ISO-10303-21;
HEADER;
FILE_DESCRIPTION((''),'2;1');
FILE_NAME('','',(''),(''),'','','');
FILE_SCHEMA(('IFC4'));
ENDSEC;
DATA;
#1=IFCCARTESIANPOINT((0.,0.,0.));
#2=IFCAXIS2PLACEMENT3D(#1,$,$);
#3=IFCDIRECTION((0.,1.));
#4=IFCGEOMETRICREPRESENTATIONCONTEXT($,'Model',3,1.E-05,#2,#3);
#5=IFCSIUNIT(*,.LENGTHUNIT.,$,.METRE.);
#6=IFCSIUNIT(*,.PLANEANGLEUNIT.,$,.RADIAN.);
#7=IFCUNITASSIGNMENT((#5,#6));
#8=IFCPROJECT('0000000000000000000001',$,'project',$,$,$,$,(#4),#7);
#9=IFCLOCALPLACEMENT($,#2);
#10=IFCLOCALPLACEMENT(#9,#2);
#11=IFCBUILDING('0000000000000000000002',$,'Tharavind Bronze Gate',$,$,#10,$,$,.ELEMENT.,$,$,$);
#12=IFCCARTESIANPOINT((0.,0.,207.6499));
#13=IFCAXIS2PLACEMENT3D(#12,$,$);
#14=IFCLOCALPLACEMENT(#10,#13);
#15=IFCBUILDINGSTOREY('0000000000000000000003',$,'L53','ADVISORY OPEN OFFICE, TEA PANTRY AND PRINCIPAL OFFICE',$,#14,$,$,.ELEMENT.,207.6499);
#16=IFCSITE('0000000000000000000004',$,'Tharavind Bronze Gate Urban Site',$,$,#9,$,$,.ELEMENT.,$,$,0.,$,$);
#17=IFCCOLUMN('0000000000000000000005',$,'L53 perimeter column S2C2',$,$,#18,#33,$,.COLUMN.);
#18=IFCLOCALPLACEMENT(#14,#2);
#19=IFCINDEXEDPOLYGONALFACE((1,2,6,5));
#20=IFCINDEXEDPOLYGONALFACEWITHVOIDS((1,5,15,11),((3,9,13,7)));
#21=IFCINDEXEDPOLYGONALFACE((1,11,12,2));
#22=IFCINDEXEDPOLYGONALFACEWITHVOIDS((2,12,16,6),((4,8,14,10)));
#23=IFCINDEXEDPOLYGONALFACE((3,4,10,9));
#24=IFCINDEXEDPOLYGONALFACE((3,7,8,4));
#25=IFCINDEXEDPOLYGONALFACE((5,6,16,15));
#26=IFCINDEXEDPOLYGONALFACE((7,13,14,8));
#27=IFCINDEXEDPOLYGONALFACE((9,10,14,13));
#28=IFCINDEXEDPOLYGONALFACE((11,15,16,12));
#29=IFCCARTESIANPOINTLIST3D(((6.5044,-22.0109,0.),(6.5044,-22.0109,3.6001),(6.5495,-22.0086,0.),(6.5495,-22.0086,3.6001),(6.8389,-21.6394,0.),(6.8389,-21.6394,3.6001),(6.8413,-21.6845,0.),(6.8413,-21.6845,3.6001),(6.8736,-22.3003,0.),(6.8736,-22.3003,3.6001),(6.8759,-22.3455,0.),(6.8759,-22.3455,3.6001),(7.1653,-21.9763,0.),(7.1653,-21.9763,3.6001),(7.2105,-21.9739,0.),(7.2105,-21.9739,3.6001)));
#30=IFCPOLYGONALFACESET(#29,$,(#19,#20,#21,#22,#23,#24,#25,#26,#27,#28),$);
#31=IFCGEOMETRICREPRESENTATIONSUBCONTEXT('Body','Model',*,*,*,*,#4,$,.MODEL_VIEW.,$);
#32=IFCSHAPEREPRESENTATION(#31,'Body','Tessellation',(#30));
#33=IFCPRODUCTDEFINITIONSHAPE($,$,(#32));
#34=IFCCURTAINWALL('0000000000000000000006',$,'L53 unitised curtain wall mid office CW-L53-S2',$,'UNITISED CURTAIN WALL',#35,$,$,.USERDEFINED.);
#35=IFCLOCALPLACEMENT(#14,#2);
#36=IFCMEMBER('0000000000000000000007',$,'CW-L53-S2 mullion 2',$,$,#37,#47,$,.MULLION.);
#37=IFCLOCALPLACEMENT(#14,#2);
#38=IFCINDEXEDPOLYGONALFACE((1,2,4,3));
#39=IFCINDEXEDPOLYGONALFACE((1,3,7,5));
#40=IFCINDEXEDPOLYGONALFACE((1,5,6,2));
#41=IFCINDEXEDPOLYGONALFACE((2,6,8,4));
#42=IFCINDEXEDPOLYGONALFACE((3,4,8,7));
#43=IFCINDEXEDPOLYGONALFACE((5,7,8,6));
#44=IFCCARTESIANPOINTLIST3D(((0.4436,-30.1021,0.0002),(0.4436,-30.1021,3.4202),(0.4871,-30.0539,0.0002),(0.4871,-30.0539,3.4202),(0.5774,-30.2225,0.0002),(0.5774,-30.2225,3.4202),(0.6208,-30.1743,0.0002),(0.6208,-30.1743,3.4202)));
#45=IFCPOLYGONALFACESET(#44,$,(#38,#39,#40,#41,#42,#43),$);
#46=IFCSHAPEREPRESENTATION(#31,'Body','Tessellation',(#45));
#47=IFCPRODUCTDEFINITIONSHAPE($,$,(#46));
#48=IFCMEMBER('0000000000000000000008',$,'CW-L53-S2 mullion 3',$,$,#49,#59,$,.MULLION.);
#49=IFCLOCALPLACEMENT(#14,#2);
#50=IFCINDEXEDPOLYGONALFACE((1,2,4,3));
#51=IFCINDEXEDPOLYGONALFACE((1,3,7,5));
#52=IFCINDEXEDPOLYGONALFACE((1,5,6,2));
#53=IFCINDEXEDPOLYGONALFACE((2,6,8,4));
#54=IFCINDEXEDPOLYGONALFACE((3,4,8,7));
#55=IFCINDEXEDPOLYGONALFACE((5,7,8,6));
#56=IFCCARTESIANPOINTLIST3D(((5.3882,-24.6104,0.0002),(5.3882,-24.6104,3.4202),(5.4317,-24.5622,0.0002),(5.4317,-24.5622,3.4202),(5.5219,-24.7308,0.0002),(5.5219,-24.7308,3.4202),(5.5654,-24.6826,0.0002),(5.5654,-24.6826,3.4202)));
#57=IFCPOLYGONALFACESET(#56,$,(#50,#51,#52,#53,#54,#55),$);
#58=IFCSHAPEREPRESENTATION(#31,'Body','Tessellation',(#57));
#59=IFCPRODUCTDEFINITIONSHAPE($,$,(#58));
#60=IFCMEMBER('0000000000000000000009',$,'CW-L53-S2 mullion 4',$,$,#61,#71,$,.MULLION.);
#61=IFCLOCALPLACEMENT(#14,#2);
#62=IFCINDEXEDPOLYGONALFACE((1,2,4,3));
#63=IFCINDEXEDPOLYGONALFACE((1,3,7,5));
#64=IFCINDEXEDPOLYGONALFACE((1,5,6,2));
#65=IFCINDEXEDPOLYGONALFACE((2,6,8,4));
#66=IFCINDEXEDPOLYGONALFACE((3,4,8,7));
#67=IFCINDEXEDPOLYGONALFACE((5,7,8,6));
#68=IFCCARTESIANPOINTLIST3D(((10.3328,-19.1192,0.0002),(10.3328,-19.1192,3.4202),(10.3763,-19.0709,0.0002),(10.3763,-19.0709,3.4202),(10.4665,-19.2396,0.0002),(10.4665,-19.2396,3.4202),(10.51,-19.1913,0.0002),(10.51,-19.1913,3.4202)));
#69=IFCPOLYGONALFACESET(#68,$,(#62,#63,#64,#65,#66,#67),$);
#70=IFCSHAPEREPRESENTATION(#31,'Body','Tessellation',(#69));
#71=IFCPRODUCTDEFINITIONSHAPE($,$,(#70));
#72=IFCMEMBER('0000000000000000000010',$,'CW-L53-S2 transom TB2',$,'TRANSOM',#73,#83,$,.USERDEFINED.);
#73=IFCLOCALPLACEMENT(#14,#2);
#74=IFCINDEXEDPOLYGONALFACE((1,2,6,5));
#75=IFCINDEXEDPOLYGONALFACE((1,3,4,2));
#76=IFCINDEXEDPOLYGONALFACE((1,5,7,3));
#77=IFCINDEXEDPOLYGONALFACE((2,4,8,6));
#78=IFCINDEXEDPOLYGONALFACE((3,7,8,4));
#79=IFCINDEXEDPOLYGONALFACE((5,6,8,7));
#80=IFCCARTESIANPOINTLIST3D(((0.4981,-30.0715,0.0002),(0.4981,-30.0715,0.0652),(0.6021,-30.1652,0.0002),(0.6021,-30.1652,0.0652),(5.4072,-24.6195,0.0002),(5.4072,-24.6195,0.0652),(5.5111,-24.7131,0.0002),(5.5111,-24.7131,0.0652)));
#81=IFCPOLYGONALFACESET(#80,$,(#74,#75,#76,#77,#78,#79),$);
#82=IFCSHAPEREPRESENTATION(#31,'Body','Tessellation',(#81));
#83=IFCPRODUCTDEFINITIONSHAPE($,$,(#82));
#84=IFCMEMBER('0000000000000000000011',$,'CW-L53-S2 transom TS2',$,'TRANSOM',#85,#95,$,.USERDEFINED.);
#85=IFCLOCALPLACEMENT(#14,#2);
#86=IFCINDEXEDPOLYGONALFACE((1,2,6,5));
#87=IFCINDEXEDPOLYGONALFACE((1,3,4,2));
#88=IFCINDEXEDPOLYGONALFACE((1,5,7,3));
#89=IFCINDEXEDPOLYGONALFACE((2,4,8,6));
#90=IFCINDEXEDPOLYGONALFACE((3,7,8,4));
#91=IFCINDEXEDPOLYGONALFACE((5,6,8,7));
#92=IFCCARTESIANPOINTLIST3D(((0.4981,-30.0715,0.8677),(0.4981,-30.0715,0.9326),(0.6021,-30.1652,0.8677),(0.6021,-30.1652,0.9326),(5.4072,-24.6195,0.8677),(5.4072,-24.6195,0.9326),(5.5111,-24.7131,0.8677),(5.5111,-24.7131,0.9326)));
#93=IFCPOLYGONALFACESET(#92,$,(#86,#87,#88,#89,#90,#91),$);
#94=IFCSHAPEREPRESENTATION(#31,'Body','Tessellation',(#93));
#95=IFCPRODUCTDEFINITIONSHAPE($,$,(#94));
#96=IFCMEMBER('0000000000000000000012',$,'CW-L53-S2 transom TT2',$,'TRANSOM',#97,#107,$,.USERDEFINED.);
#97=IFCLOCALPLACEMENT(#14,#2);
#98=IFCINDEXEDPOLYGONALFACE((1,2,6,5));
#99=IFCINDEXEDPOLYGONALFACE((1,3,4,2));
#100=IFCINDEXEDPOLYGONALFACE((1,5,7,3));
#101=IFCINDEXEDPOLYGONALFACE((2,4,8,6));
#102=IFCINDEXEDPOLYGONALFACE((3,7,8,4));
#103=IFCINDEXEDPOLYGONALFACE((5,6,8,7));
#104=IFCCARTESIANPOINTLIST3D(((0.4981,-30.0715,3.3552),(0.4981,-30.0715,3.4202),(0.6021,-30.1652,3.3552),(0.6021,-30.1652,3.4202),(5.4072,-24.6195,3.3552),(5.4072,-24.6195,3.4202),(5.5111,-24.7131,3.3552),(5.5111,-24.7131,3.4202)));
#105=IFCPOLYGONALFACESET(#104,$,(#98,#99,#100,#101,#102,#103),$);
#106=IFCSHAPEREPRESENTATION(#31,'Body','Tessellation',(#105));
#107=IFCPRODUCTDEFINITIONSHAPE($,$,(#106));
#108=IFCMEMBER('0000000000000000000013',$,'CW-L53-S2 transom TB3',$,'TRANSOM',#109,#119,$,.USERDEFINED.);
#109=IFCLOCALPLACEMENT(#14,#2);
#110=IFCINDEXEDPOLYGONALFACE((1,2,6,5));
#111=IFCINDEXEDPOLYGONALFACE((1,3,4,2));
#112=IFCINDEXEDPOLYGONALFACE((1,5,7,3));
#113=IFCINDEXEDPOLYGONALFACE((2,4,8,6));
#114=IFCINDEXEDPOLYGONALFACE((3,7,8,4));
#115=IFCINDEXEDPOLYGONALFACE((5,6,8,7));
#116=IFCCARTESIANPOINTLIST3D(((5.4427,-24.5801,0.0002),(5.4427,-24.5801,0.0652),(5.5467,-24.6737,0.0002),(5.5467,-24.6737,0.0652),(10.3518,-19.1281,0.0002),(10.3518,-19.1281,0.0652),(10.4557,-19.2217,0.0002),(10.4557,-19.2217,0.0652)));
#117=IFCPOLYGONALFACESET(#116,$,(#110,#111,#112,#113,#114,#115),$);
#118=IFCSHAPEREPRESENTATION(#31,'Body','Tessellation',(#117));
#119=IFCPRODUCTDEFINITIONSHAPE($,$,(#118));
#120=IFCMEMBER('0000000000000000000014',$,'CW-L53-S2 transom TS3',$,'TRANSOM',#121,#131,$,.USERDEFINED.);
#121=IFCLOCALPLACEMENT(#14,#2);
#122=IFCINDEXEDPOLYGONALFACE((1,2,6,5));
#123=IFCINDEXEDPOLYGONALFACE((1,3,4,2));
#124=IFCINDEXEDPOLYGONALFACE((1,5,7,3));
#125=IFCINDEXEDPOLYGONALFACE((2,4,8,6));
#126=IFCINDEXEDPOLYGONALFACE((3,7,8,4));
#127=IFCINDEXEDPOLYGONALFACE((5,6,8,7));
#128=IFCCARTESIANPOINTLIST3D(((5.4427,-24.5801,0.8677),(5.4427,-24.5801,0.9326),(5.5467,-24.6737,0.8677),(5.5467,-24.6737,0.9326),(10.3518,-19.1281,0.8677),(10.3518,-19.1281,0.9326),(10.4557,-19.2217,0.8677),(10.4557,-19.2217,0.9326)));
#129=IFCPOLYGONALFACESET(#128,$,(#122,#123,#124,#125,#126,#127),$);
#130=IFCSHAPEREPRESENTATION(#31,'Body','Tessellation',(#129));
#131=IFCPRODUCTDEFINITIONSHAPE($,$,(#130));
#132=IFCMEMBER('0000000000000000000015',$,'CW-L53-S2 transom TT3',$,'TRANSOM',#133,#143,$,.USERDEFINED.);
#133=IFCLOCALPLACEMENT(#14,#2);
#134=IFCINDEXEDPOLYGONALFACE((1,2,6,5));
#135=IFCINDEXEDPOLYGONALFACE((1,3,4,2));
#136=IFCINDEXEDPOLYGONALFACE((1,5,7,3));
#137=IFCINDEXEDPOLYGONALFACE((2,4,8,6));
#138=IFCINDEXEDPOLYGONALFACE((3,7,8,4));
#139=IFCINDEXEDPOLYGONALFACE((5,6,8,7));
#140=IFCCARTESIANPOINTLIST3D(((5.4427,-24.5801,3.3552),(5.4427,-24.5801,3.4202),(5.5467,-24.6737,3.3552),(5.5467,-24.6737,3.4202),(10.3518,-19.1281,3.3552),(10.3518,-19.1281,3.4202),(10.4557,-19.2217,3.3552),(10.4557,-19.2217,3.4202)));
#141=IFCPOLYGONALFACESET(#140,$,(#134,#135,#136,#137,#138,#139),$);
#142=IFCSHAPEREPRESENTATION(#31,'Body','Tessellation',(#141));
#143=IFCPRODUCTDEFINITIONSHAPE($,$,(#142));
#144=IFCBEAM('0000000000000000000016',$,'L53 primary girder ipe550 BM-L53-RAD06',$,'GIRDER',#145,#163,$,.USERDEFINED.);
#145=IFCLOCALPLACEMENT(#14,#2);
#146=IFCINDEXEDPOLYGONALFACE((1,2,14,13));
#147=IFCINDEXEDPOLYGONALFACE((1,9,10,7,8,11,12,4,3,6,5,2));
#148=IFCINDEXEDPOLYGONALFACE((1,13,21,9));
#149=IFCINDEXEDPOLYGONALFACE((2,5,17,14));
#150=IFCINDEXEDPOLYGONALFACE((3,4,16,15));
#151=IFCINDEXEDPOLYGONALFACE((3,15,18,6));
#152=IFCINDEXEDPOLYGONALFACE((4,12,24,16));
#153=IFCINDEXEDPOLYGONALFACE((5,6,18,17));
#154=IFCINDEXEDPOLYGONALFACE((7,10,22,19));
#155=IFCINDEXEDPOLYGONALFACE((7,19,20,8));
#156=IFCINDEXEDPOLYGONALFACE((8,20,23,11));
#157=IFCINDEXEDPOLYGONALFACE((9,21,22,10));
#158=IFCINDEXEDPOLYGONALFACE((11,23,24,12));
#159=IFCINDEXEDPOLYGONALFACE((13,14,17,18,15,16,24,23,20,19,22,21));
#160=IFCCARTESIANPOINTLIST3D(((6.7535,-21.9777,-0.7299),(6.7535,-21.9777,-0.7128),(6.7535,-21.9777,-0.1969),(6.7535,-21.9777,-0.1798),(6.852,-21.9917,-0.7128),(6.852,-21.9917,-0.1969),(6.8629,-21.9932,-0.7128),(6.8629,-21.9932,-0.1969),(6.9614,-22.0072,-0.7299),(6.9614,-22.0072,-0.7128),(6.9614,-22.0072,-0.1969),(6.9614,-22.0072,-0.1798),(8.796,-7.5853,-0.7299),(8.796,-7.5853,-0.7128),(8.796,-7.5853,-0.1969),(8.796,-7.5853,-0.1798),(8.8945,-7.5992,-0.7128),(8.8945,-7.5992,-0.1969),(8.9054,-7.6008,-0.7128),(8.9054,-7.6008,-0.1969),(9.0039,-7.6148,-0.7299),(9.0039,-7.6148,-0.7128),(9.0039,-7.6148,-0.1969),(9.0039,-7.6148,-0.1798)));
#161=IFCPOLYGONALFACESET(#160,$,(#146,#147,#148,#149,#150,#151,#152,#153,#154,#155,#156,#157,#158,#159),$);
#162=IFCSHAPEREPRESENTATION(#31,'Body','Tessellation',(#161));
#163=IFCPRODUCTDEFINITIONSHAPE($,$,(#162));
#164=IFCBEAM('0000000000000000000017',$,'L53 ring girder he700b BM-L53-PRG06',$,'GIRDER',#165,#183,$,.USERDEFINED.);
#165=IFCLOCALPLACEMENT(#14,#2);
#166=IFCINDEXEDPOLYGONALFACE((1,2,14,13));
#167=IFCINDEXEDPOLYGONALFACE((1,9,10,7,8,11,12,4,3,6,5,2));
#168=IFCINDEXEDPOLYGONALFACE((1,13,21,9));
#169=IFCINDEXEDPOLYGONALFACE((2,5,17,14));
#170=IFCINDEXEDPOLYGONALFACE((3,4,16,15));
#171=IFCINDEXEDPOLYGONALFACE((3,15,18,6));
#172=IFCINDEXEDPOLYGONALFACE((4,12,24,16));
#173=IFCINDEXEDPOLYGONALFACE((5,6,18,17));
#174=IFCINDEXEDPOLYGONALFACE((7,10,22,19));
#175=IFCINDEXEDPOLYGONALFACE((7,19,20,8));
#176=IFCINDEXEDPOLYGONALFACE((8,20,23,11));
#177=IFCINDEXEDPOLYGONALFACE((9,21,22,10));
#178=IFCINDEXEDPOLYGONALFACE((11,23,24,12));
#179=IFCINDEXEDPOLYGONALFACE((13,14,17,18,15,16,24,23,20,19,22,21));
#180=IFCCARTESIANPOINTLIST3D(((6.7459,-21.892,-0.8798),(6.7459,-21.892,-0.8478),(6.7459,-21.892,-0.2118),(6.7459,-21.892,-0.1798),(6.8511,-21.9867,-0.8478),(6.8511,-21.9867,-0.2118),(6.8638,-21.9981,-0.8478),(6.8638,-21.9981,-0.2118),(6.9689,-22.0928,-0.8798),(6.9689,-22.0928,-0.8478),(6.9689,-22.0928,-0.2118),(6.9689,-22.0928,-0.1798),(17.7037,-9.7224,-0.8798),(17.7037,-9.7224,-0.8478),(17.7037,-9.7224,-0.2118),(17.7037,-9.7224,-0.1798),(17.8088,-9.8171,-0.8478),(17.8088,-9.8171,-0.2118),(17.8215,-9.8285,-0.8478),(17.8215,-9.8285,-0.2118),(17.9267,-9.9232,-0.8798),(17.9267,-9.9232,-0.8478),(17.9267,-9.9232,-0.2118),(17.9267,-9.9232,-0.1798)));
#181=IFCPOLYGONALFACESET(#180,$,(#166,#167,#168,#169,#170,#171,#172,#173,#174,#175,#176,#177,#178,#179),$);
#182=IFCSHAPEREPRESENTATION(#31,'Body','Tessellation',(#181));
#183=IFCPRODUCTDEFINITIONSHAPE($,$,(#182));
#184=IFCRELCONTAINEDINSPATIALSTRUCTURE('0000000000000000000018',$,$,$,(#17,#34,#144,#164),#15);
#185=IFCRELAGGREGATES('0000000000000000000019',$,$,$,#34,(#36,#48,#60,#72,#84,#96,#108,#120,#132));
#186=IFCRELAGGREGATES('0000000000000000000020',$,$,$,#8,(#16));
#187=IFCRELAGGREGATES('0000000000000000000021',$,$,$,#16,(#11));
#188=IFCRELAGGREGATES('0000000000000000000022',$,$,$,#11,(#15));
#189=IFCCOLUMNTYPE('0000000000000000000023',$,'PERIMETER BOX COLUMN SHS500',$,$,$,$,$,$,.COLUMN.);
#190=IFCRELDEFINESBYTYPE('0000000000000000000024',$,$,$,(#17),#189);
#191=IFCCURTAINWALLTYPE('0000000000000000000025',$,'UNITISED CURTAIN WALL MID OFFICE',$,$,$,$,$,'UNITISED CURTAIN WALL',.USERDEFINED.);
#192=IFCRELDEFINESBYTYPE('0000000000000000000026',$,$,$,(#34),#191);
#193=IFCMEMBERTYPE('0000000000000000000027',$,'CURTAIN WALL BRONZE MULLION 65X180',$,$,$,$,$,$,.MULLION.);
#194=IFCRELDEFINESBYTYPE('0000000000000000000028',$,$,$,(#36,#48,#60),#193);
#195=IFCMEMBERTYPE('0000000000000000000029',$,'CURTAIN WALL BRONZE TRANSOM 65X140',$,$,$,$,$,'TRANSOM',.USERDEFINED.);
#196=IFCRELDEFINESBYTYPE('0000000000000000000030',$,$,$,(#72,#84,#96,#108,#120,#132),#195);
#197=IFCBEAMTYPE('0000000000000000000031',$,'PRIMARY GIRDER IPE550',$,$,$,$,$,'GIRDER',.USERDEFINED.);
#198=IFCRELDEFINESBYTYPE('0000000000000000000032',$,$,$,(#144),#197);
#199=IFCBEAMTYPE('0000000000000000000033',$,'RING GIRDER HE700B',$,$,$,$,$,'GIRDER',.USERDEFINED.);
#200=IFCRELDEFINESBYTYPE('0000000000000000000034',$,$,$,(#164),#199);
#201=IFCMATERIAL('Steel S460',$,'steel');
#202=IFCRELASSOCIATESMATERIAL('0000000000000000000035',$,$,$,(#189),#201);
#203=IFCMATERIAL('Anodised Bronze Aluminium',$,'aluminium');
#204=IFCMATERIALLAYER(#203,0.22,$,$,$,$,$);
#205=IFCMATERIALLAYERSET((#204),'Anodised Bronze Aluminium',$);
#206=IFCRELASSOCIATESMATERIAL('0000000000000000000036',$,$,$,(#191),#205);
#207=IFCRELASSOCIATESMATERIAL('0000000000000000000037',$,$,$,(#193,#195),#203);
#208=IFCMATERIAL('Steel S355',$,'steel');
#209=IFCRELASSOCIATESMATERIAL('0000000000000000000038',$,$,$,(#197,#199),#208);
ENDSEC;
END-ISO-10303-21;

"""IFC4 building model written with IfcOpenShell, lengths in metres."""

from ifc_helpers import new_model, si_unit, direction, frame, origin, origin_2d, place, context, subcontext, project, spatial, rectangle, hollow_rectangle, i_section, extrude, material, layer, layer_set, material_profile, profile_set, type_object, element, aggregate, save


model = new_model("IFC4")

# Units and contexts
model_context = context("Model", 3, precision=1e-05, world=origin(), true_north=direction((0.0, 1.0)))
body_context = subcontext(model_context, "Body", "Model", "MODEL_VIEW")
ifc_project = project(units=[si_unit("LENGTHUNIT", "METRE"), si_unit("PLANEANGLEUNIT", "RADIAN")], contexts=[model_context])

# Site, building, storey
site_placement = place(None, origin())
site = spatial("IfcSite", under=ifc_project, at=site_placement, Name="Tharavind Bronze Gate Urban Site", CompositionType="ELEMENT", RefElevation=0.0)
building_placement = place(site_placement, origin())
building = spatial("IfcBuilding", under=site, at=building_placement, Name="Tharavind Bronze Gate", CompositionType="ELEMENT")
storey_placement = place(building_placement, frame((0.0, 0.0, 207.6499)))
storey = spatial("IfcBuildingStorey", under=building, at=storey_placement, Name="L53", Description="ADVISORY OPEN OFFICE, TEA PANTRY AND PRINCIPAL OFFICE", CompositionType="ELEMENT", Elevation=207.6499)

# Column
ifc_material_1 = material(Name="Steel S460", Category="steel")
ifc_material_profile_1 = material_profile(ifc_material_1, hollow_rectangle(XDim=0.5, YDim=0.5, WallThickness=0.032, at=origin_2d()), Name="SHS500X32")
ifc_profile_set_1 = profile_set([ifc_material_profile_1], Name="Steel S460")
column_type = type_object("IfcColumnType", Name="PERIMETER BOX COLUMN SHS500", PredefinedType="COLUMN", material=ifc_profile_set_1)
column_placement = place(storey_placement, frame((6.8574, -21.9924, 0.0), z_axis=(0.0, 0.0, 1.0), x_axis=(0.669131, 0.743145, 0.0)))
element("IfcColumn", 1, at=column_placement, inside=storey, type_object=column_type, Name="L53 perimeter column S2C2", PredefinedType="COLUMN", context=body_context, shape_type="SweptSolid", body=[
    extrude(hollow_rectangle(XDim=0.5, YDim=0.5, WallThickness=0.032, at=origin_2d()), origin(), (0.0, 0.0, 1.0), 3.6001),
])

# Curtain wall, members
ifc_material_2 = material(Name="Anodised Bronze Aluminium", Category="aluminium")
ifc_layer_1 = layer(ifc_material_2, 0.22)
ifc_layer_set_1 = layer_set([ifc_layer_1], Name="Anodised Bronze Aluminium")
curtain_wall_type = type_object("IfcCurtainWallType", Name="UNITISED CURTAIN WALL MID OFFICE", ElementType="UNITISED CURTAIN WALL", PredefinedType="USERDEFINED", material=ifc_layer_set_1)
curtain_wall_placement = place(storey_placement, origin())
curtain_wall = element("IfcCurtainWall", 2, at=curtain_wall_placement, inside=storey, type_object=curtain_wall_type, Name="L53 unitised curtain wall mid office CW-L53-S2", ObjectType="UNITISED CURTAIN WALL", PredefinedType="USERDEFINED")
member_type_1 = type_object("IfcMemberType", Name="CURTAIN WALL BRONZE MULLION 65X180", PredefinedType="MULLION", material=ifc_material_2)
member_1_placement = place(storey_placement, frame((0.5322, -30.1382, 0.0002), z_axis=(0.0, 0.0, 1.0), x_axis=(0.669131, 0.743145, 0.0)))
member_1 = element("IfcMember", 3, at=member_1_placement, type_object=member_type_1, Name="CW-L53-S2 mullion 2", PredefinedType="MULLION", context=body_context, shape_type="SweptSolid", body=[
    extrude(rectangle(XDim=0.0649, YDim=0.1799, at=origin_2d()), origin(), (0.0, 0.0, 1.0), 3.4199),
])
member_2_placement = place(storey_placement, frame((5.4768, -24.6465, 0.0002), z_axis=(0.0, 0.0, 1.0), x_axis=(0.669131, 0.743145, 0.0)))
member_2 = element("IfcMember", 4, at=member_2_placement, type_object=member_type_1, Name="CW-L53-S2 mullion 3", PredefinedType="MULLION", context=body_context, shape_type="SweptSolid", body=[
    extrude(rectangle(XDim=0.0649, YDim=0.1799, at=origin_2d()), origin(), (0.0, 0.0, 1.0), 3.4199),
])
member_3_placement = place(storey_placement, frame((10.4214, -19.1553, 0.0002), z_axis=(0.0, 0.0, 1.0), x_axis=(0.669131, 0.743145, 0.0)))
member_3 = element("IfcMember", 5, at=member_3_placement, type_object=member_type_1, Name="CW-L53-S2 mullion 4", PredefinedType="MULLION", context=body_context, shape_type="SweptSolid", body=[
    extrude(rectangle(XDim=0.0649, YDim=0.1799, at=origin_2d()), origin(), (0.0, 0.0, 1.0), 3.4199),
])
member_type_2 = type_object("IfcMemberType", Name="CURTAIN WALL BRONZE TRANSOM 65X140", ElementType="TRANSOM", PredefinedType="USERDEFINED", material=ifc_material_2)
member_4_placement = place(storey_placement, frame((3.0046, -27.3923, 0.0002), z_axis=(0.0, 0.0, 1.0), x_axis=(0.669131, 0.743145, 0.0)))
member_4 = element("IfcMember", 6, at=member_4_placement, type_object=member_type_2, Name="CW-L53-S2 transom TB2", ObjectType="TRANSOM", PredefinedType="USERDEFINED", context=body_context, shape_type="SweptSolid", body=[
    extrude(rectangle(XDim=7.3364, YDim=0.1399, at=origin_2d()), origin(), (0.0, 0.0, 1.0), 0.0649),
])
member_5_placement = place(storey_placement, frame((3.0046, -27.3923, 0.8677), z_axis=(0.0, 0.0, 1.0), x_axis=(0.669131, 0.743145, 0.0)))
member_5 = element("IfcMember", 7, at=member_5_placement, type_object=member_type_2, Name="CW-L53-S2 transom TS2", ObjectType="TRANSOM", PredefinedType="USERDEFINED", context=body_context, shape_type="SweptSolid", body=[
    extrude(rectangle(XDim=7.3364, YDim=0.1399, at=origin_2d()), origin(), (0.0, 0.0, 1.0), 0.0649),
])
member_6_placement = place(storey_placement, frame((3.0046, -27.3923, 3.3552), z_axis=(0.0, 0.0, 1.0), x_axis=(0.669131, 0.743145, 0.0)))
member_6 = element("IfcMember", 8, at=member_6_placement, type_object=member_type_2, Name="CW-L53-S2 transom TT2", ObjectType="TRANSOM", PredefinedType="USERDEFINED", context=body_context, shape_type="SweptSolid", body=[
    extrude(rectangle(XDim=7.3364, YDim=0.1399, at=origin_2d()), origin(), (0.0, 0.0, 1.0), 0.0649),
])
member_7_placement = place(storey_placement, frame((7.9492, -21.9009, 0.0002), z_axis=(0.0, 0.0, 1.0), x_axis=(0.669131, 0.743145, 0.0)))
member_7 = element("IfcMember", 9, at=member_7_placement, type_object=member_type_2, Name="CW-L53-S2 transom TB3", ObjectType="TRANSOM", PredefinedType="USERDEFINED", context=body_context, shape_type="SweptSolid", body=[
    extrude(rectangle(XDim=7.3364, YDim=0.1399, at=origin_2d()), origin(), (0.0, 0.0, 1.0), 0.0649),
])
member_8_placement = place(storey_placement, frame((7.9492, -21.9009, 0.8677), z_axis=(0.0, 0.0, 1.0), x_axis=(0.669131, 0.743145, 0.0)))
member_8 = element("IfcMember", 10, at=member_8_placement, type_object=member_type_2, Name="CW-L53-S2 transom TS3", ObjectType="TRANSOM", PredefinedType="USERDEFINED", context=body_context, shape_type="SweptSolid", body=[
    extrude(rectangle(XDim=7.3364, YDim=0.1399, at=origin_2d()), origin(), (0.0, 0.0, 1.0), 0.0649),
])
member_9_placement = place(storey_placement, frame((7.9492, -21.9009, 3.3552), z_axis=(0.0, 0.0, 1.0), x_axis=(0.669131, 0.743145, 0.0)))
member_9 = element("IfcMember", 11, at=member_9_placement, type_object=member_type_2, Name="CW-L53-S2 transom TT3", ObjectType="TRANSOM", PredefinedType="USERDEFINED", context=body_context, shape_type="SweptSolid", body=[
    extrude(rectangle(XDim=7.3364, YDim=0.1399, at=origin_2d()), origin(), (0.0, 0.0, 1.0), 0.0649),
])

# Beams
ifc_material_3 = material(Name="Steel S355", Category="steel")
ifc_material_profile_2 = material_profile(ifc_material_3, i_section(OverallWidth=0.21, OverallDepth=0.55, WebThickness=0.011, FlangeThickness=0.0171, at=origin_2d()), Name="IPE550")
ifc_profile_set_2 = profile_set([ifc_material_profile_2], Name="Steel S355")
beam_type_1 = type_object("IfcBeamType", Name="PRIMARY GIRDER IPE550", ElementType="GIRDER", PredefinedType="USERDEFINED", material=ifc_profile_set_2)
beam_1_placement = place(storey_placement, frame((6.8574, -21.9924, -0.4548), z_axis=(0.140507, 0.99008, 0.0), x_axis=(-0.99008, 0.140507, 0.0)))
element("IfcBeam", 12, at=beam_1_placement, inside=storey, type_object=beam_type_1, Name="L53 primary girder ipe550 BM-L53-RAD06", ObjectType="GIRDER", PredefinedType="USERDEFINED", context=body_context, shape_type="SweptSolid", body=[
    extrude(i_section(OverallWidth=0.21, OverallDepth=0.55, WebThickness=0.011, FlangeThickness=0.0171, at=origin_2d()), origin(), (0.0, 0.0, 1.0), 14.5366),
])
ifc_material_profile_3 = material_profile(ifc_material_3, i_section(OverallWidth=0.3, OverallDepth=0.7, WebThickness=0.0171, FlangeThickness=0.032, at=origin_2d()), Name="HE700B")
ifc_profile_set_3 = profile_set([ifc_material_profile_3], Name="Steel S355")
beam_type_2 = type_object("IfcBeamType", Name="RING GIRDER HE700B", ElementType="GIRDER", PredefinedType="USERDEFINED", material=ifc_profile_set_3)
beam_2_placement = place(storey_placement, frame((6.8574, -21.9924, -0.5298), z_axis=(0.669135, 0.743141, 0.0), x_axis=(-0.743141, 0.669135, 0.0)))
element("IfcBeam", 13, at=beam_2_placement, inside=storey, type_object=beam_type_2, Name="L53 ring girder he700b BM-L53-PRG06", ObjectType="GIRDER", PredefinedType="USERDEFINED", context=body_context, shape_type="SweptSolid", body=[
    extrude(i_section(OverallWidth=0.3, OverallDepth=0.7, WebThickness=0.0171, FlangeThickness=0.032, at=origin_2d()), origin(), (0.0, 0.0, 1.0), 16.376),
])

aggregate(curtain_wall, [member_1, member_2, member_3, member_4, member_5, member_6, member_7, member_8, member_9])

save(model, "model.ifc")
